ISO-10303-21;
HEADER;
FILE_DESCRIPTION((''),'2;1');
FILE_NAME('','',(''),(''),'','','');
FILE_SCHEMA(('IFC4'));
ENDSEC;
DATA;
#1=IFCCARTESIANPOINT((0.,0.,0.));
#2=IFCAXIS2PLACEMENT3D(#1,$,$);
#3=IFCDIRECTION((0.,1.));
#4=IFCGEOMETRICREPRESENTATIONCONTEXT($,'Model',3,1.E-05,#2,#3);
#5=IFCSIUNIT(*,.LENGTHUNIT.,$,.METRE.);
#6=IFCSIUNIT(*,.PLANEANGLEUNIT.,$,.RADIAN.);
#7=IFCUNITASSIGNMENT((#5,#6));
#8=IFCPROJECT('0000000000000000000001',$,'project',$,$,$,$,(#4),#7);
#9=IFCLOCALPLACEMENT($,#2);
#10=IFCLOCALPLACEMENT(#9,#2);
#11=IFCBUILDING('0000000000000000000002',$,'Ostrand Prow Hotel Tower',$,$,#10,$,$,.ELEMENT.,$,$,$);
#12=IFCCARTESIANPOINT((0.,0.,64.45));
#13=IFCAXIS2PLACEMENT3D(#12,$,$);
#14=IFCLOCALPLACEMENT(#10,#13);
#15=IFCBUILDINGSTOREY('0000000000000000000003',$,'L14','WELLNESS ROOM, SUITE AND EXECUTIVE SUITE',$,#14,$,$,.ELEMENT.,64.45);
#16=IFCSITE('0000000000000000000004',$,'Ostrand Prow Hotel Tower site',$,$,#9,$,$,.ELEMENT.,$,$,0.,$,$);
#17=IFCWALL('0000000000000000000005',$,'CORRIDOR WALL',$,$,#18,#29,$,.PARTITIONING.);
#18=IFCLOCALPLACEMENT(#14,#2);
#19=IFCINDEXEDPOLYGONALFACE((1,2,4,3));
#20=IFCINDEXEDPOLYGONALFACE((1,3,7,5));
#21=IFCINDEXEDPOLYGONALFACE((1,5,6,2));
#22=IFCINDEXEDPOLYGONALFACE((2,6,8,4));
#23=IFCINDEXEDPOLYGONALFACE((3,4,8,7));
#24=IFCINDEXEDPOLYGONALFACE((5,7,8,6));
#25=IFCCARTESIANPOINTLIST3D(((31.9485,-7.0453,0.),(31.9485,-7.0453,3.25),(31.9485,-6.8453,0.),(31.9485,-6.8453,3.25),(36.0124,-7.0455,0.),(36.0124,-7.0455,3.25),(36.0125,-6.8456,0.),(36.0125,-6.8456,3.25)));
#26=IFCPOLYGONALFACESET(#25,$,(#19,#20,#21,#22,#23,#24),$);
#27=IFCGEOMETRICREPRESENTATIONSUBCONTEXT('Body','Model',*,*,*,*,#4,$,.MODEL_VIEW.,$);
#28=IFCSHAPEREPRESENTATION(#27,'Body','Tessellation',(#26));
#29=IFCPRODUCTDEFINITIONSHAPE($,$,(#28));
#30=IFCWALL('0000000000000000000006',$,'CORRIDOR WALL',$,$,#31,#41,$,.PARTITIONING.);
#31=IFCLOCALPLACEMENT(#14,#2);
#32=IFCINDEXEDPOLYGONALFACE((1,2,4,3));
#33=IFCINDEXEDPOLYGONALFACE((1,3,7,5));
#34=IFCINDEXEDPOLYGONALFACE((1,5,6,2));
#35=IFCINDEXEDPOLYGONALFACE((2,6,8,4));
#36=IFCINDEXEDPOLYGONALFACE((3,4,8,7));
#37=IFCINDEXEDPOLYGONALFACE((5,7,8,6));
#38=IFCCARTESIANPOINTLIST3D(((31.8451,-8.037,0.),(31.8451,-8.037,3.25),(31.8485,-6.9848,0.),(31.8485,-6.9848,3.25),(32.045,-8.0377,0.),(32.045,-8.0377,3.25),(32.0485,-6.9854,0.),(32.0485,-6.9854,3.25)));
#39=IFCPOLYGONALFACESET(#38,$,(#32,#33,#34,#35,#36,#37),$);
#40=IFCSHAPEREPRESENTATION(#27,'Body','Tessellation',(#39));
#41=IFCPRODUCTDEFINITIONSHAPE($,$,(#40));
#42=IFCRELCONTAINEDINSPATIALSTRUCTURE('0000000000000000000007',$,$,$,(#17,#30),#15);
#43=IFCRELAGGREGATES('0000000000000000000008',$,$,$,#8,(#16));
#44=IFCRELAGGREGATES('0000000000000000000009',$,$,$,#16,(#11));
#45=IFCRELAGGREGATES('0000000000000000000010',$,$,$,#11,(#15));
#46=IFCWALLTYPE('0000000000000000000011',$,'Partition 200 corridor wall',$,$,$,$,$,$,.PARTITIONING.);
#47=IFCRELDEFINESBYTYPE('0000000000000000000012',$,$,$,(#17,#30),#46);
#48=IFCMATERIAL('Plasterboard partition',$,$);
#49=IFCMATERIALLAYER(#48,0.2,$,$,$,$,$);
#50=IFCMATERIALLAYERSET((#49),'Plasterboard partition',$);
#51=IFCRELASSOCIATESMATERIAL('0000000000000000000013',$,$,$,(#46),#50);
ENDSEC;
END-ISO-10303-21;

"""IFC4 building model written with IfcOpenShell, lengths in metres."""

from ifc_helpers import new_model, si_unit, direction, frame, frame_2d, origin, place, context, subcontext, project, spatial, rectangle, extrude, material, layer, layer_set, type_object, element, save


model = new_model("IFC4")

# Units and contexts
model_context = context("Model", 3, precision=1e-05, world=origin(), true_north=direction((0.0, 1.0)))
body_context = subcontext(model_context, "Body", "Model", "MODEL_VIEW")
ifc_project = project(units=[si_unit("LENGTHUNIT", "METRE"), si_unit("PLANEANGLEUNIT", "RADIAN")], contexts=[model_context])

# Site, building, storey
site_placement = place(None, origin())
site = spatial("IfcSite", under=ifc_project, at=site_placement, Name="Ostrand Prow Hotel Tower site", CompositionType="ELEMENT", RefElevation=0.0)
building_placement = place(site_placement, origin())
building = spatial("IfcBuilding", under=site, at=building_placement, Name="Ostrand Prow Hotel Tower", CompositionType="ELEMENT")
storey_placement = place(building_placement, frame((0.0, 0.0, 64.45)))
storey = spatial("IfcBuildingStorey", under=building, at=storey_placement, Name="L14", Description="WELLNESS ROOM, SUITE AND EXECUTIVE SUITE", CompositionType="ELEMENT", Elevation=64.45)

# Shared definitions
ifc_material_1 = material(Name="Plasterboard partition")
ifc_layer_1 = layer(ifc_material_1, 0.2)
ifc_layer_set_1 = layer_set([ifc_layer_1], Name="Plasterboard partition")
wall_type_1 = type_object("IfcWallType", Name="Partition 200 corridor wall", PredefinedType="PARTITIONING", material=ifc_layer_set_1)

# Walls
wall_1_placement = place(storey_placement, frame((36.0125, -6.9456, 0.0), z_axis=(0.0, 0.0, 1.0), x_axis=(-1.0, 0.00006, 0.0)))
element("IfcWall", 1, at=wall_1_placement, inside=storey, type_object=wall_type_1, Name="CORRIDOR WALL", PredefinedType="PARTITIONING", context=body_context, shape_type="SweptSolid", body=[
    extrude(rectangle(XDim=4.064, YDim=0.2, at=frame_2d((2.032, 0.0))), origin(), (0.0, 0.0, 1.0), 3.25),
])
wall_2_placement = place(storey_placement, frame((31.9485, -6.9851, 0.0), z_axis=(0.0, 0.0, 1.0), x_axis=(-0.003248, -0.999995, 0.0)))
element("IfcWall", 2, at=wall_2_placement, inside=storey, type_object=wall_type_1, Name="CORRIDOR WALL", PredefinedType="PARTITIONING", context=body_context, shape_type="SweptSolid", body=[
    extrude(rectangle(XDim=1.0522, YDim=0.2, at=frame_2d((0.5261, 0.0))), origin(), (0.0, 0.0, 1.0), 3.25),
])

save(model, "model.ifc")
